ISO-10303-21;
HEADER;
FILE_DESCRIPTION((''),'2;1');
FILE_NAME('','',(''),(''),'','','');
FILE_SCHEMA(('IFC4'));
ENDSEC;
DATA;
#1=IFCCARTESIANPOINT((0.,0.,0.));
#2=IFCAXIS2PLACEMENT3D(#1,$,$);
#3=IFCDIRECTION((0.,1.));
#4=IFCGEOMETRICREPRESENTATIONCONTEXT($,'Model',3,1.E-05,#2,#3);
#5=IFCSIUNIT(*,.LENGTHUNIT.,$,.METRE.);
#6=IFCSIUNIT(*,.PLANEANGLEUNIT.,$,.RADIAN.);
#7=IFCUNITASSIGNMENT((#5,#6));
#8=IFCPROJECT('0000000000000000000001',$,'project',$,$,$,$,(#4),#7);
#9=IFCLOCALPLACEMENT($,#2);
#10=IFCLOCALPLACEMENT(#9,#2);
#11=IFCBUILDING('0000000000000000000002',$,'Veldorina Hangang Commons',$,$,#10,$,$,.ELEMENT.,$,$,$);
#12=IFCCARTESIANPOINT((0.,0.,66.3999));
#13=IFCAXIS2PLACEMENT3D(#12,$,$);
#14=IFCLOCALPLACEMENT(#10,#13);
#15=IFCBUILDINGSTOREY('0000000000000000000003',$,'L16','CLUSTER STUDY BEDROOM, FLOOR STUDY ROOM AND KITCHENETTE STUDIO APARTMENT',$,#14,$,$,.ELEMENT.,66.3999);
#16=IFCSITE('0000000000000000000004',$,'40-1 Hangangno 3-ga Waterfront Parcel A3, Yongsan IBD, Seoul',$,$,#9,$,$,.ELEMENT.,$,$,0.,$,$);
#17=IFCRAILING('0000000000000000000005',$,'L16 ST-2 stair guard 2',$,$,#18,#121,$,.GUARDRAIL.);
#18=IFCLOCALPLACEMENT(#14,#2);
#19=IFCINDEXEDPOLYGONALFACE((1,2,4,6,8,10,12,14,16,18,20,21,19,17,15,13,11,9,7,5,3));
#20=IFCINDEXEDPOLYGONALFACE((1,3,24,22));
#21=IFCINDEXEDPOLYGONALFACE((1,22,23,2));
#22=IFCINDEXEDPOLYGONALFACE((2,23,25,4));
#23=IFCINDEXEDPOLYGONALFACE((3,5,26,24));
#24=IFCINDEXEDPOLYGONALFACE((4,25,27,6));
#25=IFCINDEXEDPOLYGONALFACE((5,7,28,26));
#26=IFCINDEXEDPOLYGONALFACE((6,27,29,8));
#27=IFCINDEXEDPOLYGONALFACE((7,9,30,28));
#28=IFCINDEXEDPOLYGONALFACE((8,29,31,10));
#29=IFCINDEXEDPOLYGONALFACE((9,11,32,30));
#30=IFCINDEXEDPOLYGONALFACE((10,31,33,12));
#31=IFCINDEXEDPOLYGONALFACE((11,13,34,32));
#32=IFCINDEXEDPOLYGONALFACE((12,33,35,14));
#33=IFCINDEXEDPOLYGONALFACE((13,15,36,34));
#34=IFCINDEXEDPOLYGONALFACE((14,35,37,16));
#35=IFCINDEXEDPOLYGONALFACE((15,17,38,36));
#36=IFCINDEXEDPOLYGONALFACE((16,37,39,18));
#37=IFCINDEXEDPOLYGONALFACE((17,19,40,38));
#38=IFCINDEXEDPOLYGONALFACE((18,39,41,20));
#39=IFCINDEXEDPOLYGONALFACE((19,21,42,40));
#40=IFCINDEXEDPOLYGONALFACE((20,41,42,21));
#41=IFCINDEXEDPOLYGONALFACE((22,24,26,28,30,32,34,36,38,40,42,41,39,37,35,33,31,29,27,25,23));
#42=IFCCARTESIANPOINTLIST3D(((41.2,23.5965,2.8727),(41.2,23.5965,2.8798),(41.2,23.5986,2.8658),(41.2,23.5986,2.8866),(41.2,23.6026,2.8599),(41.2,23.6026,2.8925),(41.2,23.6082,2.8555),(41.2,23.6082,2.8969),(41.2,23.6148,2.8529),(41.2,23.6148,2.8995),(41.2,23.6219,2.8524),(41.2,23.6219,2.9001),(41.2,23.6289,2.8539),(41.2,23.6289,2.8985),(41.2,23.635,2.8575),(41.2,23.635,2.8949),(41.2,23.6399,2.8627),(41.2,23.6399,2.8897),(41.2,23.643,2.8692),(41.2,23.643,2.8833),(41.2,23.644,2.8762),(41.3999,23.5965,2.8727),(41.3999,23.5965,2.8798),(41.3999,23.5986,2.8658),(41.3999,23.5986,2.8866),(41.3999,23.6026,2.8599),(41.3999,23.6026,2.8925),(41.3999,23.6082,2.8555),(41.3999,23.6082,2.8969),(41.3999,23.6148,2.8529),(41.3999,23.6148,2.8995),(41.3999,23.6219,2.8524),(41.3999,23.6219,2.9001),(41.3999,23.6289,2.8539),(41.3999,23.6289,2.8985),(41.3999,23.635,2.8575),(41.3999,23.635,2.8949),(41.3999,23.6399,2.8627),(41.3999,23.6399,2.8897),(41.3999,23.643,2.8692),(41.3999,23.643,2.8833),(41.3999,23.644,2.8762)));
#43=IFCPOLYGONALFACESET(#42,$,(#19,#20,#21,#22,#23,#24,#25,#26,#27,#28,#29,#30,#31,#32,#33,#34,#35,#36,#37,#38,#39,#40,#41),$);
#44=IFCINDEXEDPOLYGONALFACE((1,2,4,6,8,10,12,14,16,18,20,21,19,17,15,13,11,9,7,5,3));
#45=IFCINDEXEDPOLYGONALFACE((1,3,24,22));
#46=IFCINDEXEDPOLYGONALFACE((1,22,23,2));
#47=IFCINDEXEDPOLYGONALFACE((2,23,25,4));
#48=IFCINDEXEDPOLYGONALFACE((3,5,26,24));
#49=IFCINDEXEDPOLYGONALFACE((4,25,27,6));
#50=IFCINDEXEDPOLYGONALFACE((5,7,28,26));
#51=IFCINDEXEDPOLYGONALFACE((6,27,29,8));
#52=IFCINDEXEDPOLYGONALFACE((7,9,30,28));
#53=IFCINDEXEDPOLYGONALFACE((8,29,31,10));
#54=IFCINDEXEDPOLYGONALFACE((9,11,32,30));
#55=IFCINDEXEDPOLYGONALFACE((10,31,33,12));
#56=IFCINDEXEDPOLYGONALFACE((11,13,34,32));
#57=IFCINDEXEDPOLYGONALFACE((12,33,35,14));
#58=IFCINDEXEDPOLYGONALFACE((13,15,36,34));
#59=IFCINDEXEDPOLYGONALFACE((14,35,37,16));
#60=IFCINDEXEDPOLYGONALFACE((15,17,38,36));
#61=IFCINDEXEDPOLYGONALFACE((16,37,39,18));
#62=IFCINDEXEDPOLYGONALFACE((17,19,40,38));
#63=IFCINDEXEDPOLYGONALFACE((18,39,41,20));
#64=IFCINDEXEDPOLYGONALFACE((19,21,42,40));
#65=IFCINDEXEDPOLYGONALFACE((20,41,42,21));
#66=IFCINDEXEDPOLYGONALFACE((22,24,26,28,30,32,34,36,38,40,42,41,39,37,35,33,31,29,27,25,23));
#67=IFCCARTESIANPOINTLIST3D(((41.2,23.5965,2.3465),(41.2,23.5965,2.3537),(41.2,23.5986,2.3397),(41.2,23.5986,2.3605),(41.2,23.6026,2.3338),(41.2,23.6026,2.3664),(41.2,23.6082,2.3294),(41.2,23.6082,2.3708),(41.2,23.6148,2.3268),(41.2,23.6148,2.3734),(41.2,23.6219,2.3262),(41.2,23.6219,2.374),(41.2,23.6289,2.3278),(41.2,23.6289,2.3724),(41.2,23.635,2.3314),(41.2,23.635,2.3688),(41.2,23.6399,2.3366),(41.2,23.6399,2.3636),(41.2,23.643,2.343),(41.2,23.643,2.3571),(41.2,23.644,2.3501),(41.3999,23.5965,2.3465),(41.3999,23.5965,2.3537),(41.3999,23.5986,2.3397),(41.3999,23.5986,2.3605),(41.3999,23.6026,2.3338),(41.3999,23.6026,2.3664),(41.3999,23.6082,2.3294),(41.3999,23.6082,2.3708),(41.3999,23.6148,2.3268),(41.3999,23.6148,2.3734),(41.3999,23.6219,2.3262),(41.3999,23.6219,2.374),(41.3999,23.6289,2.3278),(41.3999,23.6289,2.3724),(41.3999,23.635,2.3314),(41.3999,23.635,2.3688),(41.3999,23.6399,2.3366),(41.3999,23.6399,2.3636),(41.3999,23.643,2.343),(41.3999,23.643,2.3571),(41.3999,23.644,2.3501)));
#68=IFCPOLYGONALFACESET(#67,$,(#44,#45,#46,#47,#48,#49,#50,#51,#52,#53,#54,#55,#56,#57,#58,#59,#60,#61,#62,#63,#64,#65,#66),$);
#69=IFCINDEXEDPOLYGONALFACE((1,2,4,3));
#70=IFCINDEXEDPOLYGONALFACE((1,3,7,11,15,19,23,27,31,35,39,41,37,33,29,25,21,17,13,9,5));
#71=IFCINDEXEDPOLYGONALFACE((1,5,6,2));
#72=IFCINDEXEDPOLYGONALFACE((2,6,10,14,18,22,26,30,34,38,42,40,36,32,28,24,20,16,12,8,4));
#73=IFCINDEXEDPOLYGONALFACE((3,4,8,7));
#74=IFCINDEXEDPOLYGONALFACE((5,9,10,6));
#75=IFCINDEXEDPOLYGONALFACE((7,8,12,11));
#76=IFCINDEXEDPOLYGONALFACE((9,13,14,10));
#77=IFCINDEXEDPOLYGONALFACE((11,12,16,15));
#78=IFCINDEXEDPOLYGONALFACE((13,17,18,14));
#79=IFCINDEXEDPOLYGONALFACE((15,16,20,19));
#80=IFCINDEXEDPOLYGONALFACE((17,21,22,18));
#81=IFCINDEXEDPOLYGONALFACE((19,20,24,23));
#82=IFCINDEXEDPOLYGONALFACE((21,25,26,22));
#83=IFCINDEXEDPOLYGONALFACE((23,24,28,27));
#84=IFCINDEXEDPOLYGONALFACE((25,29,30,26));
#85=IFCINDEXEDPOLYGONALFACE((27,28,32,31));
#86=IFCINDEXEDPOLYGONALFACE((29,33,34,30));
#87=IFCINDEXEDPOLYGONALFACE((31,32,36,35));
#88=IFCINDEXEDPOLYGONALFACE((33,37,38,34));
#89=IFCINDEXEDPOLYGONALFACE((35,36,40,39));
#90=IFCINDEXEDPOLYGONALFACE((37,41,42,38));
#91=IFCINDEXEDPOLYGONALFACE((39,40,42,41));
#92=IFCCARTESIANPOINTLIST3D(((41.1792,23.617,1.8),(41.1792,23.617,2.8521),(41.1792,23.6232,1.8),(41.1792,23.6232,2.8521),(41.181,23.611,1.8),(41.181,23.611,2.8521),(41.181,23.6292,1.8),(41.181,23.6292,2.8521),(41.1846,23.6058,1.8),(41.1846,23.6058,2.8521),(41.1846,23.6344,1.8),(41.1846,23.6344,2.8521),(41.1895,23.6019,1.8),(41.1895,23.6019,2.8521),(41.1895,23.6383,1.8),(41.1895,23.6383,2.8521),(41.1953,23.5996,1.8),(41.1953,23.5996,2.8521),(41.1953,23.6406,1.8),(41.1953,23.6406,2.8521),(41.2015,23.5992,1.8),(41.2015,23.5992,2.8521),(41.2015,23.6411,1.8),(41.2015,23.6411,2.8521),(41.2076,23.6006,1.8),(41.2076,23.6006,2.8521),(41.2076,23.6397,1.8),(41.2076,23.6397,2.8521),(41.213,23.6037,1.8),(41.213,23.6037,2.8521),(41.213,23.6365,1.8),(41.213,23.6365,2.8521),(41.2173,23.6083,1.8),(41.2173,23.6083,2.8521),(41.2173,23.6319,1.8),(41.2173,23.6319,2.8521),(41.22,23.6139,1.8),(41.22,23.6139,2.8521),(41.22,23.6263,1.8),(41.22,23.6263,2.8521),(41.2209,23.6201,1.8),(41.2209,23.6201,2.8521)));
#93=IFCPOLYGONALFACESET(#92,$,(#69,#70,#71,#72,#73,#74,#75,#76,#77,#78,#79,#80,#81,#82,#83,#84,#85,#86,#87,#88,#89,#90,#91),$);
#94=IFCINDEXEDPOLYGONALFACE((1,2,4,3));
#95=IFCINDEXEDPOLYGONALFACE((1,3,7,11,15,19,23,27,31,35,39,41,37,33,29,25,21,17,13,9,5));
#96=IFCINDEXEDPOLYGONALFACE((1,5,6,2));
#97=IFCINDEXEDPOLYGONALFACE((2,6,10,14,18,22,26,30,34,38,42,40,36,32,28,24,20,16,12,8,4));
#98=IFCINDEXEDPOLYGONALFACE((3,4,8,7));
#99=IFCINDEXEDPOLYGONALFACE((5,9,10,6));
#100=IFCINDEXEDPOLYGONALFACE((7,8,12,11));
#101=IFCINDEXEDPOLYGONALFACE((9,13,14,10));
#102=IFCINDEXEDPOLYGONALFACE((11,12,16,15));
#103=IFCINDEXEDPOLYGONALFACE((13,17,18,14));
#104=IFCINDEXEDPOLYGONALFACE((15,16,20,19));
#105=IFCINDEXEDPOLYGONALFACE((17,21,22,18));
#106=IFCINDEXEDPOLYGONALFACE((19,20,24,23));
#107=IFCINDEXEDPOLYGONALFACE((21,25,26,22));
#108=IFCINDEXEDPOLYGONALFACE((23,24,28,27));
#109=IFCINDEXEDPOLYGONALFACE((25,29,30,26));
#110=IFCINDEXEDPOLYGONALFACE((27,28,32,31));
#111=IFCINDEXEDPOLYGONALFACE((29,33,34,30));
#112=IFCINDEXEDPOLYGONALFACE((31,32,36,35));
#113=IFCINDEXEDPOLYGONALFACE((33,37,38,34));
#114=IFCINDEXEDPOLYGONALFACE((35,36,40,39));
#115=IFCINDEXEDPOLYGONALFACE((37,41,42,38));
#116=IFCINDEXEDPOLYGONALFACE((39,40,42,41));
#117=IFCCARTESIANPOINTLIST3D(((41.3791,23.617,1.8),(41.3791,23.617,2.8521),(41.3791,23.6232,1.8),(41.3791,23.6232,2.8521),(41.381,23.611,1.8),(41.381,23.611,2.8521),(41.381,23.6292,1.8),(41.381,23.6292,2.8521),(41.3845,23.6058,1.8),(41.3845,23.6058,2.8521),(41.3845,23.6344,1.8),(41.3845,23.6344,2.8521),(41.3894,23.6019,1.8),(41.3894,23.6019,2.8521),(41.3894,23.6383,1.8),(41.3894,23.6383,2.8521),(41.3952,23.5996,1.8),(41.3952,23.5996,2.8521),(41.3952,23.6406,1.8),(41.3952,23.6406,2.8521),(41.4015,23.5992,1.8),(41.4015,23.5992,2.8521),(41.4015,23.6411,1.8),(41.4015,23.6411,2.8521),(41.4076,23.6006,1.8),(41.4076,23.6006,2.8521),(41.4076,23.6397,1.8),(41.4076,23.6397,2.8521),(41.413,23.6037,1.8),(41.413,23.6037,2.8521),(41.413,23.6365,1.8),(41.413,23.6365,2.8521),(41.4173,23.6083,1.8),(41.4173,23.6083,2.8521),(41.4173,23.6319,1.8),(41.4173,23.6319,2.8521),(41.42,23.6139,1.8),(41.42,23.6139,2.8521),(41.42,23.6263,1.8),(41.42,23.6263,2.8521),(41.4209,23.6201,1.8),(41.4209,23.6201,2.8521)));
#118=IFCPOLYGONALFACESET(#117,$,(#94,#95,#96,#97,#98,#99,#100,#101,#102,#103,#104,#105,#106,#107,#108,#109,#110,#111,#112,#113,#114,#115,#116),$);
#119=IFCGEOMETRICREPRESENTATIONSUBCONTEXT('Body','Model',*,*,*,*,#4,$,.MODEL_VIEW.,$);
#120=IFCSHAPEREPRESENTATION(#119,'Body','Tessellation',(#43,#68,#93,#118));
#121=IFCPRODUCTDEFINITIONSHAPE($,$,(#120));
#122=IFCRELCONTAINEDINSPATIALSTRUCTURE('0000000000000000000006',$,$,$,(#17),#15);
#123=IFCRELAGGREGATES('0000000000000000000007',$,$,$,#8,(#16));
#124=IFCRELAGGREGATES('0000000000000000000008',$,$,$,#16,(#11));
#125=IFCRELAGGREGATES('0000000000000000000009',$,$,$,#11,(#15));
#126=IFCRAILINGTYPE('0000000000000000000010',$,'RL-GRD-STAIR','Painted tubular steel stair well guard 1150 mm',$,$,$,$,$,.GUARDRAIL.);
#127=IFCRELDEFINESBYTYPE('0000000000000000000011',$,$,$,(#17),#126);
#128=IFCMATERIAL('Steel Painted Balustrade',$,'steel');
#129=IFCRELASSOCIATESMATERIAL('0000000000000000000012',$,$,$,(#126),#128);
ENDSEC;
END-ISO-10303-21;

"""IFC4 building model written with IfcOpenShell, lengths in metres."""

from ifc_helpers import new_model, si_unit, direction, frame, origin, origin_2d, place, context, subcontext, project, spatial, circle, extrude, material, type_object, element, save


model = new_model("IFC4")

# Units and contexts
model_context = context("Model", 3, precision=1e-05, world=origin(), true_north=direction((0.0, 1.0)))
body_context = subcontext(model_context, "Body", "Model", "MODEL_VIEW")
ifc_project = project(units=[si_unit("LENGTHUNIT", "METRE"), si_unit("PLANEANGLEUNIT", "RADIAN")], contexts=[model_context])

# Site, building, storey
site_placement = place(None, origin())
site = spatial("IfcSite", under=ifc_project, at=site_placement, Name="40-1 Hangangno 3-ga Waterfront Parcel A3, Yongsan IBD, Seoul", CompositionType="ELEMENT", RefElevation=0.0)
building_placement = place(site_placement, origin())
building = spatial("IfcBuilding", under=site, at=building_placement, Name="Veldorina Hangang Commons", CompositionType="ELEMENT")
storey_placement = place(building_placement, frame((0.0, 0.0, 66.3999)))
storey = spatial("IfcBuildingStorey", under=building, at=storey_placement, Name="L16", Description="CLUSTER STUDY BEDROOM, FLOOR STUDY ROOM AND KITCHENETTE STUDIO APARTMENT", CompositionType="ELEMENT", Elevation=66.3999)

# Railing
ifc_material_1 = material(Name="Steel Painted Balustrade", Category="steel")
railing_type_1 = type_object("IfcRailingType", Name="RL-GRD-STAIR", Description="Painted tubular steel stair well guard 1150 mm", PredefinedType="GUARDRAIL", material=ifc_material_1)
railing_1_placement = place(storey_placement, frame((41.2, 23.6201, 1.8)))
element("IfcRailing", 1, at=railing_1_placement, inside=storey, type_object=railing_type_1, Name="L16 ST-2 stair guard 2", PredefinedType="GUARDRAIL", context=body_context, shape_type="SweptSolid", body=[
    extrude(circle(Radius=0.0239, at=origin_2d()), frame((0.0, 0.0, 1.0762), z_axis=(1.0, 0.0, 0.0), x_axis=(0.0, 1.0, 0.0)), (0.0, 0.0, 1.0), 0.2),
    extrude(circle(Radius=0.0239, at=origin_2d()), frame((0.0, 0.0, 0.55), z_axis=(1.0, 0.0, 0.0), x_axis=(0.0, 1.0, 0.0)), (0.0, 0.0, 1.0), 0.2),
    extrude(circle(Radius=0.021, at=origin_2d()), origin(), (0.0, 0.0, 1.0), 1.052),
    extrude(circle(Radius=0.021, at=origin_2d()), frame((0.2, 0.0, 0.0)), (0.0, 0.0, 1.0), 1.052),
])

save(model, "model.ifc")
